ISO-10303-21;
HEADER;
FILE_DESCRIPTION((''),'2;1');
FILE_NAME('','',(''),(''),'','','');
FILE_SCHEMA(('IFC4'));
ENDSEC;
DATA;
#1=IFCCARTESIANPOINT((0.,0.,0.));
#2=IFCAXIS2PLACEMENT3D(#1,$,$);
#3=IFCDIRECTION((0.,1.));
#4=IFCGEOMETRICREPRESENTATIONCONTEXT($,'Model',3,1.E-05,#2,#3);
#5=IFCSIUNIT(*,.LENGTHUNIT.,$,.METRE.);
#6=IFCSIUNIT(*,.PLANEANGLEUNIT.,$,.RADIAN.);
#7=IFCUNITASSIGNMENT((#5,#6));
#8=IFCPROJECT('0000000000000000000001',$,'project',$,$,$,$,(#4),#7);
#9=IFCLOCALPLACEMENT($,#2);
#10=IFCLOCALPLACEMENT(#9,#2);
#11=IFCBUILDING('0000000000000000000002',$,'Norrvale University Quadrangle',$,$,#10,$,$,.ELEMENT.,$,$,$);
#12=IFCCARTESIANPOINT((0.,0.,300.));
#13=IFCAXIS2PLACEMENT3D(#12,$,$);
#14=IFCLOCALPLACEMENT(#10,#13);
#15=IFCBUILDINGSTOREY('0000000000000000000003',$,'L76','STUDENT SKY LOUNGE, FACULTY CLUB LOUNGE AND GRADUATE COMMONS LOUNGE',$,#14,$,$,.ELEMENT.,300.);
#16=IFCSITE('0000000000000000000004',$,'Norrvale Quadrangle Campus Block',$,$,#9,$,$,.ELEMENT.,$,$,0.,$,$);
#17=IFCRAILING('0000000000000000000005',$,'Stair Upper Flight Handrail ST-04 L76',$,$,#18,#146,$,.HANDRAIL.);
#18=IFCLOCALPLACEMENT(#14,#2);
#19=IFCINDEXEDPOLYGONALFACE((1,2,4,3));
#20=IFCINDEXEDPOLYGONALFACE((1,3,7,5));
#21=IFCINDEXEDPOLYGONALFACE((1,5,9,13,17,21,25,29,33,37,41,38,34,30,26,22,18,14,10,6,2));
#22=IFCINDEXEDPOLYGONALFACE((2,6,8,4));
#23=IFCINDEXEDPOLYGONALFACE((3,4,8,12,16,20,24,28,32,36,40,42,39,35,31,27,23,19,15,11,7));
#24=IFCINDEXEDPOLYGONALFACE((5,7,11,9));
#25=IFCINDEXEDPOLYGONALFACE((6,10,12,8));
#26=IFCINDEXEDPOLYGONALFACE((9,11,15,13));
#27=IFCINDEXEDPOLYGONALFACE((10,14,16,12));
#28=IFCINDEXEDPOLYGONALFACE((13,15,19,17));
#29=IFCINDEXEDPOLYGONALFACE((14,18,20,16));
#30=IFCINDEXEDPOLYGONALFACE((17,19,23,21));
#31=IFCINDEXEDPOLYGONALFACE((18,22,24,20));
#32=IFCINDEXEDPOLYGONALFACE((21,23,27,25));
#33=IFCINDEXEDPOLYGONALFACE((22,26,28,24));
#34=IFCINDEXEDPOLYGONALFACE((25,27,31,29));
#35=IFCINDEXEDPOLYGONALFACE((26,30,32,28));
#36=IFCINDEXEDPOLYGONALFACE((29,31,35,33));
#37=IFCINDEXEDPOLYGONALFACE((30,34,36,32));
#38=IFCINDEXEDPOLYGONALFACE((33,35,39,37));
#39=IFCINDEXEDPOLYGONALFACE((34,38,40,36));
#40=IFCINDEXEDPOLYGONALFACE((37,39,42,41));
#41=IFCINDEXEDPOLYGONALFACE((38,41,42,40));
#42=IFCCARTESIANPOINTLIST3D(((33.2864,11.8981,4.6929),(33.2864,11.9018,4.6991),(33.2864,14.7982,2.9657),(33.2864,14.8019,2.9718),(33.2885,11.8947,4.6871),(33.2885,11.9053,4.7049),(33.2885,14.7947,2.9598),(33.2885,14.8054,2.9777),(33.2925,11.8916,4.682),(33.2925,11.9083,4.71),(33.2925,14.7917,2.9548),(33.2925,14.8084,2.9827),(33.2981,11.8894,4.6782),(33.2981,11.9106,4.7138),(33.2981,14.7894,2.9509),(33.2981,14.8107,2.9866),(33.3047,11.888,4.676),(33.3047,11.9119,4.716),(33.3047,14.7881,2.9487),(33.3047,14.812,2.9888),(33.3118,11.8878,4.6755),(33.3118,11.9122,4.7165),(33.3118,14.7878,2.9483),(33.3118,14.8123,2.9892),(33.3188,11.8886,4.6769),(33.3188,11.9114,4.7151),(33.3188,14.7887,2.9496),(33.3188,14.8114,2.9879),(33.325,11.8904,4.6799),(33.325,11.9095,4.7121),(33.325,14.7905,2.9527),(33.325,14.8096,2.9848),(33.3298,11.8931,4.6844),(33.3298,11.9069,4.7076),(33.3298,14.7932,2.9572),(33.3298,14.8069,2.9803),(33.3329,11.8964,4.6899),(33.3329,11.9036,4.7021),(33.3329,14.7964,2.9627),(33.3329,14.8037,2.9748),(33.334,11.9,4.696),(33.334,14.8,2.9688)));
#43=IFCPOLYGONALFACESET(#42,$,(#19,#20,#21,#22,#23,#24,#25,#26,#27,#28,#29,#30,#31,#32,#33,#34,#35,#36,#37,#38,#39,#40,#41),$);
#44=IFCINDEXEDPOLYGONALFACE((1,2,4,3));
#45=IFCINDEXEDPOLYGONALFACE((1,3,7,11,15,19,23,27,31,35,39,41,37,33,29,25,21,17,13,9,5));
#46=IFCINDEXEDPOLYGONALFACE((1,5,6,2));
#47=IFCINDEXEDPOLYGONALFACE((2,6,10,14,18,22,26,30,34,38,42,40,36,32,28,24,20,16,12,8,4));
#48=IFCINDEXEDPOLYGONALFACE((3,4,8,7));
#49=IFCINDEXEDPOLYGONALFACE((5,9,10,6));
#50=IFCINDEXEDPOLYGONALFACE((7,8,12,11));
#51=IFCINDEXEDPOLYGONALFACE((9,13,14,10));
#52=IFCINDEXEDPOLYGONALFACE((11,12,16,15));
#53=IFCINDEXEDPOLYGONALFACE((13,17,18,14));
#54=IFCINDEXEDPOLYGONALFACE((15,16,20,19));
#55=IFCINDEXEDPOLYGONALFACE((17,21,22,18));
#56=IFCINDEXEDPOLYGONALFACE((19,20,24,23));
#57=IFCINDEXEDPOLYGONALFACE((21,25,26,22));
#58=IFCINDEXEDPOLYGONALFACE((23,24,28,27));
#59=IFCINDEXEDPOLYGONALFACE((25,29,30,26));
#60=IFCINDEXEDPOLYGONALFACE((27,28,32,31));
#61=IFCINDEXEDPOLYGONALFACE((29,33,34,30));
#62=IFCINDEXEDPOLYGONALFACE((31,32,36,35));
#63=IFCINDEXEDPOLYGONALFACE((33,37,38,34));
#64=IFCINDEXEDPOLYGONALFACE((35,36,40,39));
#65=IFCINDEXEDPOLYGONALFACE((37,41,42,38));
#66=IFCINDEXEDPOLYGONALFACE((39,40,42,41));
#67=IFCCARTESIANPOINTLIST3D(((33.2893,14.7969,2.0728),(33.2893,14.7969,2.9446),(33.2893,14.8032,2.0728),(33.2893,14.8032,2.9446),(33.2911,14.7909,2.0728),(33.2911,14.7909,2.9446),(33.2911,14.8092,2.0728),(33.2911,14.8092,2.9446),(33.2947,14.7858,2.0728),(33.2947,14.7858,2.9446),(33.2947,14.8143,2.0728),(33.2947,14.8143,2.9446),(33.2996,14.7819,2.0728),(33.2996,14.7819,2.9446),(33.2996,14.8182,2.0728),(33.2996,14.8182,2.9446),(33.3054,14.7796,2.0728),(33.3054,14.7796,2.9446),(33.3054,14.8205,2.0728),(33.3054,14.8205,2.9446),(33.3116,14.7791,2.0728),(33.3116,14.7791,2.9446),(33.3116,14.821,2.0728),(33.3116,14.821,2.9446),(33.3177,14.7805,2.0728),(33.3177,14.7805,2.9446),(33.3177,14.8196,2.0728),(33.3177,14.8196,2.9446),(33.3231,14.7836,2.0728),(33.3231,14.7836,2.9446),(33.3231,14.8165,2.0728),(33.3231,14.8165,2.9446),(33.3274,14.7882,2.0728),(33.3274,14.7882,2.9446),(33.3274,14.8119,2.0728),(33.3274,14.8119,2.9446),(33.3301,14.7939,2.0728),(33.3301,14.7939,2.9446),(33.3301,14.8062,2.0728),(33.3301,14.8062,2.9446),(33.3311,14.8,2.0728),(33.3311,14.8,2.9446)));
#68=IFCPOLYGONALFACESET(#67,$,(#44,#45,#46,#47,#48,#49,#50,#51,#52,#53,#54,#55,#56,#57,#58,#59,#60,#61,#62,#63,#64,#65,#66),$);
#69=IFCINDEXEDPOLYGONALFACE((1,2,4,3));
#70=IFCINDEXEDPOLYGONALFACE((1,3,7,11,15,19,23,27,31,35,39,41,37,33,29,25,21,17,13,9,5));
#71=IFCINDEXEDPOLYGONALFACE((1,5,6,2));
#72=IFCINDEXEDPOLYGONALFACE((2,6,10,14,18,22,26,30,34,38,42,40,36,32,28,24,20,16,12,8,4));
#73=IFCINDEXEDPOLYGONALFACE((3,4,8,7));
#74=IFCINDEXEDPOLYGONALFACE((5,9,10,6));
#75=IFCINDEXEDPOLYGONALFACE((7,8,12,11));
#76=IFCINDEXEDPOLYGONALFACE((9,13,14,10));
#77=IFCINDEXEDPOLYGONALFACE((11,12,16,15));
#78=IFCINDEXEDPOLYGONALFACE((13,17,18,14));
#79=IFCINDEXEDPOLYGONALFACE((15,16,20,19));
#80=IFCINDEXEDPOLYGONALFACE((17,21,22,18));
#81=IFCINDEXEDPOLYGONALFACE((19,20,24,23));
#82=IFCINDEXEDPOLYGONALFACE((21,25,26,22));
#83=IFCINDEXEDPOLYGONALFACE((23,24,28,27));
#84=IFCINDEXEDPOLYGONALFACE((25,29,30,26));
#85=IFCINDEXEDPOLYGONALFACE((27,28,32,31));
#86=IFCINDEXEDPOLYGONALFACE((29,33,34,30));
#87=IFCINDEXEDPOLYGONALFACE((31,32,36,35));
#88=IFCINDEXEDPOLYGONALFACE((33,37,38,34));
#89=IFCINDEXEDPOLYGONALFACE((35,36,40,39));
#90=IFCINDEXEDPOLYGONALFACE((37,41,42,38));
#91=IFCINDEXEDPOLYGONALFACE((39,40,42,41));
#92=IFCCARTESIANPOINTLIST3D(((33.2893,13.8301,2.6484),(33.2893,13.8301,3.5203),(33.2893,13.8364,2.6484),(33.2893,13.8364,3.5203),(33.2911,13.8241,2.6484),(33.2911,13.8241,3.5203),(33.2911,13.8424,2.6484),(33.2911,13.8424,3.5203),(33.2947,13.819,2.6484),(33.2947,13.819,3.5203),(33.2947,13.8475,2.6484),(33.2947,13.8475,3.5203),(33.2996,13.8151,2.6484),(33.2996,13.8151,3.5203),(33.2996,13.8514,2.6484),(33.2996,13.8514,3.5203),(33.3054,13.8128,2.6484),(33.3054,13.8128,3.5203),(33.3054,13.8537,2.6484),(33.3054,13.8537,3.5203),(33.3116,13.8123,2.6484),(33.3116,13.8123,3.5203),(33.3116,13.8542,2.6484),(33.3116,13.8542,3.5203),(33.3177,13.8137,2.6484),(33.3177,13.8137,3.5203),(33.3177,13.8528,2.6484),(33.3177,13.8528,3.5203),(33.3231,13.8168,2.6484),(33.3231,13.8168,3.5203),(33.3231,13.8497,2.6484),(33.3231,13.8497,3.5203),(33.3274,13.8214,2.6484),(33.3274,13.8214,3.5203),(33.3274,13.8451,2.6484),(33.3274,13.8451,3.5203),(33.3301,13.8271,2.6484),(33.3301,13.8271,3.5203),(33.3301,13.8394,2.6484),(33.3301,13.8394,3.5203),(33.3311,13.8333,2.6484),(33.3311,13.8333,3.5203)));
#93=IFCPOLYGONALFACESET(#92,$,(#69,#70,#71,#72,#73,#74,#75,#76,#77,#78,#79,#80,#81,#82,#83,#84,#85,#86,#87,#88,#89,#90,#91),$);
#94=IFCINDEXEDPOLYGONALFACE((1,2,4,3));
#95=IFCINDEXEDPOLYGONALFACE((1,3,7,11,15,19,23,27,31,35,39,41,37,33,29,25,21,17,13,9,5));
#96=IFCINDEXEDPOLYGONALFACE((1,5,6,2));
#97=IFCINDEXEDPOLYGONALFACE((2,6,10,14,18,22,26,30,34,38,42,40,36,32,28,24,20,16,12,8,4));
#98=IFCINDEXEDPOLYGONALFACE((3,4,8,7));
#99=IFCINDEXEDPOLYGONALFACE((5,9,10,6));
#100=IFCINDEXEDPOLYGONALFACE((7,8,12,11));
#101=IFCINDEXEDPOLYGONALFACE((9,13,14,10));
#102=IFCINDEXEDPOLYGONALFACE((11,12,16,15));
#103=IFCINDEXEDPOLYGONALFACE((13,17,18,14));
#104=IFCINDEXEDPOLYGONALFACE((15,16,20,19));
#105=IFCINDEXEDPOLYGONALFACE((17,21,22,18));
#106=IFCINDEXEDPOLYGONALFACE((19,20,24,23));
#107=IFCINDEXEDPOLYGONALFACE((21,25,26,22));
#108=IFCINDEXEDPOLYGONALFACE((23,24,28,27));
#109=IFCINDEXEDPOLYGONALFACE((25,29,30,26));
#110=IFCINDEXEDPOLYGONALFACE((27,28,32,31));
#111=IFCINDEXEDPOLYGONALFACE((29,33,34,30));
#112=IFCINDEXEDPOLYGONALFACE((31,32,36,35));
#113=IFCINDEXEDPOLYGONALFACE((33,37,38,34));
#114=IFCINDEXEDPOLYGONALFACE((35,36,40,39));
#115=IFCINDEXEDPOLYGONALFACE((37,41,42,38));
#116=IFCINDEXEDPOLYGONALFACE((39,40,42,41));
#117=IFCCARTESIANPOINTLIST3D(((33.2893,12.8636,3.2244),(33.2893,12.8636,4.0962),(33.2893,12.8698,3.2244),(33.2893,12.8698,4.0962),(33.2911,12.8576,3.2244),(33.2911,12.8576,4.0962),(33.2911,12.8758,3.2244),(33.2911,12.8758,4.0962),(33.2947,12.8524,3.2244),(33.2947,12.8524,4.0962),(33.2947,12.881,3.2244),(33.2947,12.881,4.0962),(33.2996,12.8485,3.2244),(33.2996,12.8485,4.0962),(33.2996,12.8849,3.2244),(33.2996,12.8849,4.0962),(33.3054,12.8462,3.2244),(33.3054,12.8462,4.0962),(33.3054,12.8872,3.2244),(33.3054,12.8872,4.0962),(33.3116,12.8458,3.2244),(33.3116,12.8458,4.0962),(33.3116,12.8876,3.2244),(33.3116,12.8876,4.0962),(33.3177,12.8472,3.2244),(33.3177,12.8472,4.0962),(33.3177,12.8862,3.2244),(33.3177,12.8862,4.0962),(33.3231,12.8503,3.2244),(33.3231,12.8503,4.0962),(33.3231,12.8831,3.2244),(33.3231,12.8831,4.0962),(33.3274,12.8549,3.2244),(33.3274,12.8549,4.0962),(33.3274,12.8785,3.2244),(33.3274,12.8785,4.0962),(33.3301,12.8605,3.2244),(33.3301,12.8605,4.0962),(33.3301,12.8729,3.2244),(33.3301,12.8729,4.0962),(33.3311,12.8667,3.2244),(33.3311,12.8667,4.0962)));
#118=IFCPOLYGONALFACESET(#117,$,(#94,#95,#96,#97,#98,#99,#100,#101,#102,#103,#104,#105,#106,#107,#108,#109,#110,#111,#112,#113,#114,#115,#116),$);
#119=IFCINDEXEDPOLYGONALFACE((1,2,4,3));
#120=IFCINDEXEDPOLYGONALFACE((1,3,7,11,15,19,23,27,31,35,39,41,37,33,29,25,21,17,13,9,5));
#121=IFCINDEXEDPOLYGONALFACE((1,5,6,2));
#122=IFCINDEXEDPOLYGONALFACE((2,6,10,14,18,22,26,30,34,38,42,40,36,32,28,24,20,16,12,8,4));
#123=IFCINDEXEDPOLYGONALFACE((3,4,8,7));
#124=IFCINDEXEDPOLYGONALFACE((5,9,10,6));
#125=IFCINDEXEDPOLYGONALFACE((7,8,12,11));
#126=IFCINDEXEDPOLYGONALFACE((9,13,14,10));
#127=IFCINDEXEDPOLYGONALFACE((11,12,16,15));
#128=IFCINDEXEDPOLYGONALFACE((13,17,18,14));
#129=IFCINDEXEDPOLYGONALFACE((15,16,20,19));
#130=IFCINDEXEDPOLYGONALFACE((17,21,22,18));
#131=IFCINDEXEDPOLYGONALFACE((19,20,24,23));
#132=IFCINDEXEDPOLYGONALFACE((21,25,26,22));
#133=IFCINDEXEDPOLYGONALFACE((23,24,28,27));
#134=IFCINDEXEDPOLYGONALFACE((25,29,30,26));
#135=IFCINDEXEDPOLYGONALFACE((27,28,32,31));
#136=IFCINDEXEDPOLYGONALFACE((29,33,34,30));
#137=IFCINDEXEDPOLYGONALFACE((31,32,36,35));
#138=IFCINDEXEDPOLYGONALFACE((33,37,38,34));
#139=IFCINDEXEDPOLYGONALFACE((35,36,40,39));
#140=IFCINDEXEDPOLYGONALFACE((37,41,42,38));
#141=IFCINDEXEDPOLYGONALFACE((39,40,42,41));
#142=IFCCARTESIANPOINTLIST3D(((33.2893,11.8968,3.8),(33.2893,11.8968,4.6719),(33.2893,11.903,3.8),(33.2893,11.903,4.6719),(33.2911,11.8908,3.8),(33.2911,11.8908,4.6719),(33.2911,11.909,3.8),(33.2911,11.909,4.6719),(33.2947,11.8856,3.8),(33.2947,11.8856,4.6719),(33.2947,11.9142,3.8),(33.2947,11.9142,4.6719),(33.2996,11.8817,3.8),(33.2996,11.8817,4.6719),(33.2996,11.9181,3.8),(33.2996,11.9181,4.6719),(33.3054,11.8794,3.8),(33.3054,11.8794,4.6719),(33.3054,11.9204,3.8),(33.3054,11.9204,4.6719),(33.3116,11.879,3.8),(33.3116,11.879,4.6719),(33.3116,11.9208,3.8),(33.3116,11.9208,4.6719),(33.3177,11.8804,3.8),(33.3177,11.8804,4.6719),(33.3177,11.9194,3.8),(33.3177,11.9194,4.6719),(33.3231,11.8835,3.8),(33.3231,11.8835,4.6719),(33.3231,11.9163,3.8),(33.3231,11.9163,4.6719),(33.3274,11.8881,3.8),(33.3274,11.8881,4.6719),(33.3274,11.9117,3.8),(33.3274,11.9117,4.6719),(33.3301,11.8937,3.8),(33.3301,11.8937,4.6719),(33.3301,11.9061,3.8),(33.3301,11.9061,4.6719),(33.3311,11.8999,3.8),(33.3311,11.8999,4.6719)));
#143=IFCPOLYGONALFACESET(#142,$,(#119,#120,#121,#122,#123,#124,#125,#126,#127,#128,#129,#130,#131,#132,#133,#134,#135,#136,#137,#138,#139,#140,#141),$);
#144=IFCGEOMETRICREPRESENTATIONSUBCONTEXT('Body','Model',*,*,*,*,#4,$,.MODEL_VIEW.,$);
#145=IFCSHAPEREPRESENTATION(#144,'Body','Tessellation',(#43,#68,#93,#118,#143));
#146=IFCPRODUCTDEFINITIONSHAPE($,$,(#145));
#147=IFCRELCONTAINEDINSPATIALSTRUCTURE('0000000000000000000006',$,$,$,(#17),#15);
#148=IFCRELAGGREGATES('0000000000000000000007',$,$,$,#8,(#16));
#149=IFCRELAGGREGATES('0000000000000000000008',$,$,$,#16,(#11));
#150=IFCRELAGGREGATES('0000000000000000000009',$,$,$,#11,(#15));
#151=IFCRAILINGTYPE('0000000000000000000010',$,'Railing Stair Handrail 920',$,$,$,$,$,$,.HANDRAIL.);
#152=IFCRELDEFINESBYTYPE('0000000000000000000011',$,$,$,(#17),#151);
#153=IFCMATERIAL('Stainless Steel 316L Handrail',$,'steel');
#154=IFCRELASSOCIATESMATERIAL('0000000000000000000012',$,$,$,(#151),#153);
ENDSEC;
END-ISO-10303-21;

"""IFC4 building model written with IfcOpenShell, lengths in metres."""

from ifc_helpers import new_model, si_unit, direction, frame, origin, origin_2d, place, context, subcontext, project, spatial, circle, extrude, material, type_object, element, save


model = new_model("IFC4")

# Units and contexts
model_context = context("Model", 3, precision=1e-05, world=origin(), true_north=direction((0.0, 1.0)))
body_context = subcontext(model_context, "Body", "Model", "MODEL_VIEW")
ifc_project = project(units=[si_unit("LENGTHUNIT", "METRE"), si_unit("PLANEANGLEUNIT", "RADIAN")], contexts=[model_context])

# Site, building, storey
site_placement = place(None, origin())
site = spatial("IfcSite", under=ifc_project, at=site_placement, Name="Norrvale Quadrangle Campus Block", CompositionType="ELEMENT", RefElevation=0.0)
building_placement = place(site_placement, origin())
building = spatial("IfcBuilding", under=site, at=building_placement, Name="Norrvale University Quadrangle", CompositionType="ELEMENT")
storey_placement = place(building_placement, frame((0.0, 0.0, 300.0)))
storey = spatial("IfcBuildingStorey", under=building, at=storey_placement, Name="L76", Description="STUDENT SKY LOUNGE, FACULTY CLUB LOUNGE AND GRADUATE COMMONS LOUNGE", CompositionType="ELEMENT", Elevation=300.0)

# Railing
ifc_material_1 = material(Name="Stainless Steel 316L Handrail", Category="steel")
railing_type_1 = type_object("IfcRailingType", Name="Railing Stair Handrail 920", PredefinedType="HANDRAIL", material=ifc_material_1)
railing_1_placement = place(storey_placement, frame((33.3101, 14.8, 2.0728)))
element("IfcRailing", 1, at=railing_1_placement, inside=storey, type_object=railing_type_1, Name="Stair Upper Flight Handrail ST-04 L76", PredefinedType="HANDRAIL", context=body_context, shape_type="SweptSolid", body=[
    extrude(circle(Radius=0.0239, at=origin_2d()), frame((0.0, 0.0, 0.896), z_axis=(0.0, -0.85916, 0.511706), x_axis=(1.0, 0.0, 0.0)), (0.0, 0.0, 1.0), 3.3755),
    extrude(circle(Radius=0.021, at=origin_2d()), origin(), (0.0, 0.0, 1.0), 0.8718),
    extrude(circle(Radius=0.021, at=origin_2d()), frame((0.0, -0.9668, 0.5757)), (0.0, 0.0, 1.0), 0.8718),
    extrude(circle(Radius=0.021, at=origin_2d()), frame((0.0, -1.9333, 1.1516)), (0.0, 0.0, 1.0), 0.8718),
    extrude(circle(Radius=0.021, at=origin_2d()), frame((0.0, -2.9001, 1.7273)), (0.0, 0.0, 1.0), 0.8718),
])

save(model, "model.ifc")
